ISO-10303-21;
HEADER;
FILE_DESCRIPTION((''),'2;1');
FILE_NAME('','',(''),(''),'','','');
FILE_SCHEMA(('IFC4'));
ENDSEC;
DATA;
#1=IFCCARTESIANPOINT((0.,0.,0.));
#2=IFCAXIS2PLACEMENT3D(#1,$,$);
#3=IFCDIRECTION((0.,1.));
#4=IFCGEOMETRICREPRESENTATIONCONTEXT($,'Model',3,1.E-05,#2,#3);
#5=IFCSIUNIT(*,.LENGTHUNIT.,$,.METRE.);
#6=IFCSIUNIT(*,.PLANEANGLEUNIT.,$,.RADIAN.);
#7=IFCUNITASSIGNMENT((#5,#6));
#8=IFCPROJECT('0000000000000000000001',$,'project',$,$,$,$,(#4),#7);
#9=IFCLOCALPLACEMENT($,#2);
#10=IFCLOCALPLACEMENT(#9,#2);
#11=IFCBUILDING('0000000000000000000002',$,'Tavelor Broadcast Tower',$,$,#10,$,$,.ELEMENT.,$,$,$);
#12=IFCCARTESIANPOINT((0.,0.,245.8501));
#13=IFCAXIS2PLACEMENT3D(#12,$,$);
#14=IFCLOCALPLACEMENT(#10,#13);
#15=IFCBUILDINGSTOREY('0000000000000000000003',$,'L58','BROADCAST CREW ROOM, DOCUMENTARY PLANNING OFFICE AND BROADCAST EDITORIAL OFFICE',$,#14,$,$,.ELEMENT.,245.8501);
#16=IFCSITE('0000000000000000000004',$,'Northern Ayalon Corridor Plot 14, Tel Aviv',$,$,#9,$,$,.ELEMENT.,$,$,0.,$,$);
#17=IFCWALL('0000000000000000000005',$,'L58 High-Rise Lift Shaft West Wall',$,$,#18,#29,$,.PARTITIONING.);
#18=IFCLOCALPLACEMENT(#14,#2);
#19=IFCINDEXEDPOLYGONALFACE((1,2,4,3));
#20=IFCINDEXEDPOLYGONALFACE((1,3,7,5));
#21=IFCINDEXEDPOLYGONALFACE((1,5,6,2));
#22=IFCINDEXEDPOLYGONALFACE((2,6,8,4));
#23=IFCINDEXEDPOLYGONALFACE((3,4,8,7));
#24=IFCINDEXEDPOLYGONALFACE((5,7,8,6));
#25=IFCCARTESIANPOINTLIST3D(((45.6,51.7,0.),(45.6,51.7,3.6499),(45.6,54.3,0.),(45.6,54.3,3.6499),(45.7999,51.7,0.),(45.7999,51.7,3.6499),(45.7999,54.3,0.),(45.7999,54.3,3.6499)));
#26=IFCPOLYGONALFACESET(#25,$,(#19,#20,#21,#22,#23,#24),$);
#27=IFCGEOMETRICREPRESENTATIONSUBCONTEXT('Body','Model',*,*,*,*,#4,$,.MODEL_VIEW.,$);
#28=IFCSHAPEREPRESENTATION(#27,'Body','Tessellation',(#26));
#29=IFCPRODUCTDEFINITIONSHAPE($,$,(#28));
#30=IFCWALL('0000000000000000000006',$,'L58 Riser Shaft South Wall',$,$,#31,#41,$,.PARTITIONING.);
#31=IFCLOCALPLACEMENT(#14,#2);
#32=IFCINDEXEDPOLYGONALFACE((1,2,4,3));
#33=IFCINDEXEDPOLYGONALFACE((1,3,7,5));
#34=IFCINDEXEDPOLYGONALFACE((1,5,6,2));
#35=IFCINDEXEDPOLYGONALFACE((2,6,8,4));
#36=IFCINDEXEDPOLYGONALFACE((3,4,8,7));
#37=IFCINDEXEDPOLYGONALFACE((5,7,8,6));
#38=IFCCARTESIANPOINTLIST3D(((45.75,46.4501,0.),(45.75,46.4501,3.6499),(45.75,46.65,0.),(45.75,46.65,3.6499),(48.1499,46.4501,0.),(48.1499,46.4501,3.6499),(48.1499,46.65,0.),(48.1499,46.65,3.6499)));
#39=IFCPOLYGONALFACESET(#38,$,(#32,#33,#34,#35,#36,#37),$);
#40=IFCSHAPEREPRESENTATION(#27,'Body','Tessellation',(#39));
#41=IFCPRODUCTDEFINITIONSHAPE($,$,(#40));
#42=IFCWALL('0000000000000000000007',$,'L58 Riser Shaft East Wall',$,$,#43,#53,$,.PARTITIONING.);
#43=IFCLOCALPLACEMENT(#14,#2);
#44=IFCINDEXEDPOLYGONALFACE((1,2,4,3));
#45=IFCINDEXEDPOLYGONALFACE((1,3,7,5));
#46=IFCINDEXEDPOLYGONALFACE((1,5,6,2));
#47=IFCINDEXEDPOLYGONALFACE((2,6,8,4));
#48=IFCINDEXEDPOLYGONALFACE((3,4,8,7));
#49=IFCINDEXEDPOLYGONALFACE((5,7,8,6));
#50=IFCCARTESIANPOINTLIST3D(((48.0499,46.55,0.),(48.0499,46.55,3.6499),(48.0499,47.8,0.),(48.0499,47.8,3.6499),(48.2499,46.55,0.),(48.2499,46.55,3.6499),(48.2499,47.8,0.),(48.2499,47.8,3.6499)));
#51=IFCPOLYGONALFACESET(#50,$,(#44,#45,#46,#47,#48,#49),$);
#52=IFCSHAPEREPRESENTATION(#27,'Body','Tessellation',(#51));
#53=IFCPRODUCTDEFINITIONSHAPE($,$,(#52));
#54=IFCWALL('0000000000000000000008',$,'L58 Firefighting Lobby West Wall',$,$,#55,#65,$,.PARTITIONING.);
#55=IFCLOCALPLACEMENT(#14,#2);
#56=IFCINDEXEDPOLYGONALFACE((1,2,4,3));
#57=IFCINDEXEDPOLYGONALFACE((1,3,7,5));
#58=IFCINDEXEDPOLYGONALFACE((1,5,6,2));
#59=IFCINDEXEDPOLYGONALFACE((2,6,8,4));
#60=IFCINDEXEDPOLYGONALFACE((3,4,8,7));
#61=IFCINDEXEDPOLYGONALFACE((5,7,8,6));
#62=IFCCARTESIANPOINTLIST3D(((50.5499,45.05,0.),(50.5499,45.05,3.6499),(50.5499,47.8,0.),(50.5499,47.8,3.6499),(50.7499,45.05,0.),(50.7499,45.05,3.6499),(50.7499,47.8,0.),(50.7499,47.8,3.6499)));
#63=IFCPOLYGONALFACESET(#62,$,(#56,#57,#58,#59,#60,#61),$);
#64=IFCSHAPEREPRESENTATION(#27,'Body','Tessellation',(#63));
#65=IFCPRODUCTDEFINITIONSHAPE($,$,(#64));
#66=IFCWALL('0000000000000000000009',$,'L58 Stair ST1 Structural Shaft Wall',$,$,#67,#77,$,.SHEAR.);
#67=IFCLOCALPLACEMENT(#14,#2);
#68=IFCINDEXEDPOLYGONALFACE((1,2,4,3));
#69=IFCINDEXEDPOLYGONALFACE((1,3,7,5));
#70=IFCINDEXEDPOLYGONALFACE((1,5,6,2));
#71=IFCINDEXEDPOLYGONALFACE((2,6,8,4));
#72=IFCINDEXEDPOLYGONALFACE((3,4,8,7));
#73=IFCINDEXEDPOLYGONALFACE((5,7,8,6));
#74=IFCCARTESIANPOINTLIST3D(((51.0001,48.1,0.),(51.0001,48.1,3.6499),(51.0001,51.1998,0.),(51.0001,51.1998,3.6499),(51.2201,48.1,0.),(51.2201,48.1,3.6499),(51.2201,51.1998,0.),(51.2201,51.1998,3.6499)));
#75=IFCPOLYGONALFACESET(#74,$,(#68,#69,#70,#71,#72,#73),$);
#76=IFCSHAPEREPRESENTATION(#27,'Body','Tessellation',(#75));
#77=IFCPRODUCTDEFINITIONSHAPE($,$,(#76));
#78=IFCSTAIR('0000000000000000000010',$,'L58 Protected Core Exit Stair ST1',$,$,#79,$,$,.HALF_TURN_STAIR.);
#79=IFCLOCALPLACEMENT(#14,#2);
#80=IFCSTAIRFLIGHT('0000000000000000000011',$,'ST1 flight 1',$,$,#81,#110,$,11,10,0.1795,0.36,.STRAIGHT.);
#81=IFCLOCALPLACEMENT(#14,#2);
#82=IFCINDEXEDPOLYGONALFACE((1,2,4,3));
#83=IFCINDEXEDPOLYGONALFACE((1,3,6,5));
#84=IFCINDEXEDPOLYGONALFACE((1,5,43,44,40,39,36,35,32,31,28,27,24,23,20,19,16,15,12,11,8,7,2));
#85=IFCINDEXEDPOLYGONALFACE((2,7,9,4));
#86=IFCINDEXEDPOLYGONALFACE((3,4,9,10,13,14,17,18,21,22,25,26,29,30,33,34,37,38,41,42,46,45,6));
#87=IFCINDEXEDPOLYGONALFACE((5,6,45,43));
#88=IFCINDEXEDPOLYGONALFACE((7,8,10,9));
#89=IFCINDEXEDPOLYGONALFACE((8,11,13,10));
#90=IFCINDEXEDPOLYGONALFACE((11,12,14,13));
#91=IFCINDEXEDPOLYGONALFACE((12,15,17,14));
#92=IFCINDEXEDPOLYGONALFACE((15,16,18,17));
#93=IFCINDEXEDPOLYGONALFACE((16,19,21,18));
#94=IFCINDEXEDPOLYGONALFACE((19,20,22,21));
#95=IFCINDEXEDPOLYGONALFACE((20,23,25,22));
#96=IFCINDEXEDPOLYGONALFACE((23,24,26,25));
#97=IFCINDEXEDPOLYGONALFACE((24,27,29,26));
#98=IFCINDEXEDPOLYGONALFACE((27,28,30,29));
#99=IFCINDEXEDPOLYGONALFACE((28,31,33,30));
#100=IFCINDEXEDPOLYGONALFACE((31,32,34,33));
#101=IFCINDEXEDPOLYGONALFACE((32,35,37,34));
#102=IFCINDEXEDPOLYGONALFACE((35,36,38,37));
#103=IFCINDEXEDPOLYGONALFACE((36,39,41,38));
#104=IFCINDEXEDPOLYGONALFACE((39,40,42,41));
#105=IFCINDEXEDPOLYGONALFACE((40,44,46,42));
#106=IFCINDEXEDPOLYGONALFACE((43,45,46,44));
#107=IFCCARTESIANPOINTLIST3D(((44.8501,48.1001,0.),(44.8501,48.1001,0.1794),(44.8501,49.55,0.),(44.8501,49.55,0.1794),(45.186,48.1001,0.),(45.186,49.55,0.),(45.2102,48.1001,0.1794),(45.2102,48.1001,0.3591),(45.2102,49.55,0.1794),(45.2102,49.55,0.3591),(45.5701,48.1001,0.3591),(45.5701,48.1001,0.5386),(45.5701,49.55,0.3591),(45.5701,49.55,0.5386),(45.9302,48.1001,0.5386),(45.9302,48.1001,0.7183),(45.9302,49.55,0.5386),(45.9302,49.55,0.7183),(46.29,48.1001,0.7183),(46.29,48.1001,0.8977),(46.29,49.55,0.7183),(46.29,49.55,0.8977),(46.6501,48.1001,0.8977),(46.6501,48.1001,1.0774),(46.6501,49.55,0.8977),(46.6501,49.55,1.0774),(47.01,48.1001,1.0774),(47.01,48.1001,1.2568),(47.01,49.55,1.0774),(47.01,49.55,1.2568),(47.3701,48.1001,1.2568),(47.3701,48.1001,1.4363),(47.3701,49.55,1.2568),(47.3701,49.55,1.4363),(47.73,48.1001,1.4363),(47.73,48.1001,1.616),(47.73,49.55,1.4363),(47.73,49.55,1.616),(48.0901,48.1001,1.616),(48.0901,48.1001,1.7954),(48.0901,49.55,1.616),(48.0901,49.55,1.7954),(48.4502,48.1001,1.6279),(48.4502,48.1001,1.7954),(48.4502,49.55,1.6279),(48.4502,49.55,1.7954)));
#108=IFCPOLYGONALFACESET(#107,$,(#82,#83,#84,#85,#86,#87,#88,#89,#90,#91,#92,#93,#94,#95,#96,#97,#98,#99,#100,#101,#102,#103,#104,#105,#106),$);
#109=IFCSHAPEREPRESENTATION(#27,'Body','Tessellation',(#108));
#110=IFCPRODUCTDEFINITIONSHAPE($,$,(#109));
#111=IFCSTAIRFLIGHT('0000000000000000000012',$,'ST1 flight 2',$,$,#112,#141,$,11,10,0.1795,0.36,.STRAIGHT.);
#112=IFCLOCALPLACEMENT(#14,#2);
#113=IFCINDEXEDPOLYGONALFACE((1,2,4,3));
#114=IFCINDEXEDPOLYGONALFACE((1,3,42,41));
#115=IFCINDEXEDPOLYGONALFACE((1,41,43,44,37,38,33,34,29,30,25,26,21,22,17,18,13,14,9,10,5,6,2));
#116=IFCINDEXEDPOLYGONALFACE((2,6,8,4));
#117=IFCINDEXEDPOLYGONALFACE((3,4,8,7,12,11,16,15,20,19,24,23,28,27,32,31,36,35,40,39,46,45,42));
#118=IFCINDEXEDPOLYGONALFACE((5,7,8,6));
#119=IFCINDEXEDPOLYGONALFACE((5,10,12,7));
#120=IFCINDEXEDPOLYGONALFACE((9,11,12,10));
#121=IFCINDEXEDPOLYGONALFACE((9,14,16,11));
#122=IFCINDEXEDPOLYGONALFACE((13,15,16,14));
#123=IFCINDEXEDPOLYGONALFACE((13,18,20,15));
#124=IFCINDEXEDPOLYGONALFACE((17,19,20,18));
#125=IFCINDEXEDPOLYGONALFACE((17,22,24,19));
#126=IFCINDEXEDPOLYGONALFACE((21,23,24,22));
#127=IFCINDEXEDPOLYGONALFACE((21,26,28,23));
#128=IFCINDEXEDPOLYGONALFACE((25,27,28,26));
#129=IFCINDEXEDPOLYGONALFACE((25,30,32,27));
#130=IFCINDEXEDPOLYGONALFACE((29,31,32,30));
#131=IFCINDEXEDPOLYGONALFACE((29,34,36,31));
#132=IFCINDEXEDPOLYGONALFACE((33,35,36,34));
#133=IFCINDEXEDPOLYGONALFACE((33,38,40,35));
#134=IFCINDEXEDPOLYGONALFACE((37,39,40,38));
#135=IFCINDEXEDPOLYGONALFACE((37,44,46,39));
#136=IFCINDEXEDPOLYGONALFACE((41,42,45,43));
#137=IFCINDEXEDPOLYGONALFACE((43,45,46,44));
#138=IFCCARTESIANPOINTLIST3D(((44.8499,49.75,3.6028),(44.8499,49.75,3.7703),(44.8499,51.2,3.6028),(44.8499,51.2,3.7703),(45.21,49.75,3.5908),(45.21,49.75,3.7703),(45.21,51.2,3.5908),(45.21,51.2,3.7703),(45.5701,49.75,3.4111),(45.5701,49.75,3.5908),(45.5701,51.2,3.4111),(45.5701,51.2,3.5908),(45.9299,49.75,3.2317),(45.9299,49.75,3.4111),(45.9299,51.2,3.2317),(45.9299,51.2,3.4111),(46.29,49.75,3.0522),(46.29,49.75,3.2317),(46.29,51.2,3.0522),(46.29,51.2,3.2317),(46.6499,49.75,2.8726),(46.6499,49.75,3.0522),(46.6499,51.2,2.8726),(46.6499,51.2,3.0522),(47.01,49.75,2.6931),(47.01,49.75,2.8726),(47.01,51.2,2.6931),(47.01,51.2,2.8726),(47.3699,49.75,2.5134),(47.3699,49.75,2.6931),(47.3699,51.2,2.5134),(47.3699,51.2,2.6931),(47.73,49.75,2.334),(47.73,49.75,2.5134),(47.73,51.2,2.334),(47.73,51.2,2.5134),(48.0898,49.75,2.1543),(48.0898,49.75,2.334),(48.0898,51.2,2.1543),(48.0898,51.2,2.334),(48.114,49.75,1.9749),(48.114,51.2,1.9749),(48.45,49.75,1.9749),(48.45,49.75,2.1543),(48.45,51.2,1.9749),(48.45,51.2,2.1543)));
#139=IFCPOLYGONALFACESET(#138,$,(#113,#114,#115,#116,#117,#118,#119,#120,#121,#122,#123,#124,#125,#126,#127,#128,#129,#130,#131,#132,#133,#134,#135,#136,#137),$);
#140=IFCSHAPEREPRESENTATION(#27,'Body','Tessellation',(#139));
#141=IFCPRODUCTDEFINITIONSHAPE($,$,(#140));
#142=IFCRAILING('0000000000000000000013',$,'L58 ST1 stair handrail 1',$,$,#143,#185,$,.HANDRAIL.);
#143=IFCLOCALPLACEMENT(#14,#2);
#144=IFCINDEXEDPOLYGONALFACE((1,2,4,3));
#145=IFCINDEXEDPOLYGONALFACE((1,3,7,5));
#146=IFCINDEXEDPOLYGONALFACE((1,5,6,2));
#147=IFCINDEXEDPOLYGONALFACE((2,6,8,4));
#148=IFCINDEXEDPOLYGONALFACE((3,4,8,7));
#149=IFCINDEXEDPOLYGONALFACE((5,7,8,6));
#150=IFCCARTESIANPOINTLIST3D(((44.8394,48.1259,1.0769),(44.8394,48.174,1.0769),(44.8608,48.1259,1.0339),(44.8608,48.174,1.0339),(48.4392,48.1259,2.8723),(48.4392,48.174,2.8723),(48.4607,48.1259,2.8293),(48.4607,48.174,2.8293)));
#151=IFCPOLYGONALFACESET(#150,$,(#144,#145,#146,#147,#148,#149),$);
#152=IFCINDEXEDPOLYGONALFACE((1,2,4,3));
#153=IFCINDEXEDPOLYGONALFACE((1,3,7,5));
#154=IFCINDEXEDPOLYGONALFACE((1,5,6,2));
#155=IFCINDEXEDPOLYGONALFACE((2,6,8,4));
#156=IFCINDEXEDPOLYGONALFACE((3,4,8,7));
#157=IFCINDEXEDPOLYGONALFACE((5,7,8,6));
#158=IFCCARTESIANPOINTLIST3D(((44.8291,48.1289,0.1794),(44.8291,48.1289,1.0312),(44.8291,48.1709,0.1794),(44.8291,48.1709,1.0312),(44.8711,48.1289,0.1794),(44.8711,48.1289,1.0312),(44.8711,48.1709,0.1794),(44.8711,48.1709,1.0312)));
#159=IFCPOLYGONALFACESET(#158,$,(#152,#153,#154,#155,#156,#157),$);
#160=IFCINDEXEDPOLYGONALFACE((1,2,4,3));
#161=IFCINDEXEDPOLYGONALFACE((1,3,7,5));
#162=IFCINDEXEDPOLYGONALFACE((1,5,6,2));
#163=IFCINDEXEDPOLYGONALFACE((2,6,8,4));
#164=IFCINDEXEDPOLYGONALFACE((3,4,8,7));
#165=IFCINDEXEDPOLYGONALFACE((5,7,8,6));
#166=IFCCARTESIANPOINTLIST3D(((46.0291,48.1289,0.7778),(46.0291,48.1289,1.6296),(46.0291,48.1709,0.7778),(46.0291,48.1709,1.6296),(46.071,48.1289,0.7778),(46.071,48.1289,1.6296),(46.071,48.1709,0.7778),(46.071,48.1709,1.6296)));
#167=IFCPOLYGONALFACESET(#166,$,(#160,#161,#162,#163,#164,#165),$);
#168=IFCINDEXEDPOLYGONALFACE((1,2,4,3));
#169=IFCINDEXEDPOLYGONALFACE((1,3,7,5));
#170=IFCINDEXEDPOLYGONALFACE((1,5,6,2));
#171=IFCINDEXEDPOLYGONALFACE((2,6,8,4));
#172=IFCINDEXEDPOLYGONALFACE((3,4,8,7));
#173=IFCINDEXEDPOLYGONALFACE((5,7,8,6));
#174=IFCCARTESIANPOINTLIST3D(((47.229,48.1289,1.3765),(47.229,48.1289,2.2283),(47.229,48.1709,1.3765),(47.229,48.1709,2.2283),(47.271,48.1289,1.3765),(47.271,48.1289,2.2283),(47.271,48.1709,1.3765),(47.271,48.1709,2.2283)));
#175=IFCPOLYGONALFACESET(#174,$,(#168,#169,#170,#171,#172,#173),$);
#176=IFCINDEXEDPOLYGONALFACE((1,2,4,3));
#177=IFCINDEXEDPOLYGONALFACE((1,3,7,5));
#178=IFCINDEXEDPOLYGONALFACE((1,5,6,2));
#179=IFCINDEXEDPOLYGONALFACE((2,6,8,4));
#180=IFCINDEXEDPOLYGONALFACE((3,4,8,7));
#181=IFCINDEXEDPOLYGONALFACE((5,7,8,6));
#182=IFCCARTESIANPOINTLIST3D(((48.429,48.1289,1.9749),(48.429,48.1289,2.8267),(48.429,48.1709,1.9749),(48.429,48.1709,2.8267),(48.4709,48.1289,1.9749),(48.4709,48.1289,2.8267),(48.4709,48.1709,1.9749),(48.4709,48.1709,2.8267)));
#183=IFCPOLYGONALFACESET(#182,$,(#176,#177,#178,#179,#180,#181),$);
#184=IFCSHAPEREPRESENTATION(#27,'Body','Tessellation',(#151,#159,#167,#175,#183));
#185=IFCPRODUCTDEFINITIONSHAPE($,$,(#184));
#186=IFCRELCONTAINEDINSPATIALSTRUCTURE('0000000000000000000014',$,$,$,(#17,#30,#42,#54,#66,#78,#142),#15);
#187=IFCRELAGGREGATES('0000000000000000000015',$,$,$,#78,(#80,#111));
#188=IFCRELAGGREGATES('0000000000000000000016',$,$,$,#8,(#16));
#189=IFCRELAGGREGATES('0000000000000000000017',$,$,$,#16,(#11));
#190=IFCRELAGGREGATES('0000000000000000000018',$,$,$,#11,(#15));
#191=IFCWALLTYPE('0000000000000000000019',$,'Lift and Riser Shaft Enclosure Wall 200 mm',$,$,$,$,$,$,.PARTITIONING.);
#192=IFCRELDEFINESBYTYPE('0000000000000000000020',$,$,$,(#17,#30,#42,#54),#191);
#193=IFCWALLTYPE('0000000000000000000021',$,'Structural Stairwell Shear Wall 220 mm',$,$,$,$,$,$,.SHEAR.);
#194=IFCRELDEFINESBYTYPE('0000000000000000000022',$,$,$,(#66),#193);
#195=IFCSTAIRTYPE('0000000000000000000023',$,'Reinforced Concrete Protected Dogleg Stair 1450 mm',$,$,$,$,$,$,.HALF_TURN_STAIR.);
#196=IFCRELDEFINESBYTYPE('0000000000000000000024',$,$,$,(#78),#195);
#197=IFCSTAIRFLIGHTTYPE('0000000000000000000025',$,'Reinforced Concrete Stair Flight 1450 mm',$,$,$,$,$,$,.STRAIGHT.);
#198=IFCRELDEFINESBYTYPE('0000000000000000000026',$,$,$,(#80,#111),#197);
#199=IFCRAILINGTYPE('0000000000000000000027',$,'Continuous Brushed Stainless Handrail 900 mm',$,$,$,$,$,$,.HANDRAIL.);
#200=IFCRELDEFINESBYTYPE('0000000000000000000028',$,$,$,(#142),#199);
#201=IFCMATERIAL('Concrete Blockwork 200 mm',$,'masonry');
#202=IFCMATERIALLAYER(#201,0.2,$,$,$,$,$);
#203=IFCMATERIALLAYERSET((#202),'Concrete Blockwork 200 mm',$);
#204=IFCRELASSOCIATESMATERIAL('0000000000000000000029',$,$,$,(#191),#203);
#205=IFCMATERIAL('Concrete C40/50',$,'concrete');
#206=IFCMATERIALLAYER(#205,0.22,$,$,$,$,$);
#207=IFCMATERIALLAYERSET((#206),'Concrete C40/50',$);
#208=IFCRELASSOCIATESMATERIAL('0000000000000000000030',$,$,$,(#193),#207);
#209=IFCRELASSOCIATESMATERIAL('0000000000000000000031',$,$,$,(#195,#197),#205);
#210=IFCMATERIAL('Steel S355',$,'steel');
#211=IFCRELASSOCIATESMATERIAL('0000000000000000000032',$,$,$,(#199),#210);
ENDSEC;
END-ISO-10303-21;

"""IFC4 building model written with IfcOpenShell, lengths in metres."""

from ifc_helpers import new_model, si_unit, direction, frame, frame_2d, origin, origin_2d, place, context, subcontext, project, spatial, polyline, rectangle, outline, extrude, material, layer, layer_set, type_object, element, aggregate, save


model = new_model("IFC4")

# Units and contexts
model_context = context("Model", 3, precision=1e-05, world=origin(), true_north=direction((0.0, 1.0)))
body_context = subcontext(model_context, "Body", "Model", "MODEL_VIEW")
ifc_project = project(units=[si_unit("LENGTHUNIT", "METRE"), si_unit("PLANEANGLEUNIT", "RADIAN")], contexts=[model_context])

# Site, building, storey
site_placement = place(None, origin())
site = spatial("IfcSite", under=ifc_project, at=site_placement, Name="Northern Ayalon Corridor Plot 14, Tel Aviv", CompositionType="ELEMENT", RefElevation=0.0)
building_placement = place(site_placement, origin())
building = spatial("IfcBuilding", under=site, at=building_placement, Name="Tavelor Broadcast Tower", CompositionType="ELEMENT")
storey_placement = place(building_placement, frame((0.0, 0.0, 245.8501)))
storey = spatial("IfcBuildingStorey", under=building, at=storey_placement, Name="L58", Description="BROADCAST CREW ROOM, DOCUMENTARY PLANNING OFFICE AND BROADCAST EDITORIAL OFFICE", CompositionType="ELEMENT", Elevation=245.8501)

# Shared definitions
ifc_material_1 = material(Name="Concrete C40/50", Category="concrete")
ifc_material_2 = material(Name="Steel S355", Category="steel")

# Walls
ifc_material_3 = material(Name="Concrete Blockwork 200 mm", Category="masonry")
ifc_layer_1 = layer(ifc_material_3, 0.2)
ifc_layer_set_1 = layer_set([ifc_layer_1], Name="Concrete Blockwork 200 mm")
wall_type_1 = type_object("IfcWallType", Name="Lift and Riser Shaft Enclosure Wall 200 mm", PredefinedType="PARTITIONING", material=ifc_layer_set_1)
wall_1_placement = place(storey_placement, frame((45.7, 51.7, 0.0), z_axis=(0.0, 0.0, 1.0), x_axis=(0.0, 1.0, 0.0)))
element("IfcWall", 1, at=wall_1_placement, inside=storey, type_object=wall_type_1, Name="L58 High-Rise Lift Shaft West Wall", PredefinedType="PARTITIONING", context=body_context, shape_type="SweptSolid", body=[
    extrude(rectangle(XDim=2.6001, YDim=0.2, at=frame_2d((1.3, 0.0))), origin(), (0.0, 0.0, 1.0), 3.6499),
])
wall_2_placement = place(storey_placement, frame((45.75, 46.55, 0.0), z_axis=(0.0, 0.0, 1.0), x_axis=(1.0, 0.0, 0.0)))
element("IfcWall", 2, at=wall_2_placement, inside=storey, type_object=wall_type_1, Name="L58 Riser Shaft South Wall", PredefinedType="PARTITIONING", context=body_context, shape_type="SweptSolid", body=[
    extrude(rectangle(XDim=2.3999, YDim=0.2, at=frame_2d((1.2, 0.0))), origin(), (0.0, 0.0, 1.0), 3.6499),
])
wall_3_placement = place(storey_placement, frame((48.1499, 46.55, 0.0), z_axis=(0.0, 0.0, 1.0), x_axis=(0.0, 1.0, 0.0)))
element("IfcWall", 3, at=wall_3_placement, inside=storey, type_object=wall_type_1, Name="L58 Riser Shaft East Wall", PredefinedType="PARTITIONING", context=body_context, shape_type="SweptSolid", body=[
    extrude(rectangle(XDim=1.25, YDim=0.2, at=frame_2d((0.625, 0.0))), origin(), (0.0, 0.0, 1.0), 3.6499),
])
wall_4_placement = place(storey_placement, frame((50.6499, 45.05, 0.0), z_axis=(0.0, 0.0, 1.0), x_axis=(0.0, 1.0, 0.0)))
element("IfcWall", 4, at=wall_4_placement, inside=storey, type_object=wall_type_1, Name="L58 Firefighting Lobby West Wall", PredefinedType="PARTITIONING", context=body_context, shape_type="SweptSolid", body=[
    extrude(rectangle(XDim=2.75, YDim=0.2, at=frame_2d((1.375, 0.0))), origin(), (0.0, 0.0, 1.0), 3.6499),
])
ifc_layer_2 = layer(ifc_material_1, 0.22)
ifc_layer_set_2 = layer_set([ifc_layer_2], Name="Concrete C40/50")
wall_type_2 = type_object("IfcWallType", Name="Structural Stairwell Shear Wall 220 mm", PredefinedType="SHEAR", material=ifc_layer_set_2)
wall_5_placement = place(storey_placement, frame((51.1101, 48.1001, 0.0), z_axis=(0.0, 0.0, 1.0), x_axis=(0.0, 1.0, 0.0)))
element("IfcWall", 5, at=wall_5_placement, inside=storey, type_object=wall_type_2, Name="L58 Stair ST1 Structural Shaft Wall", PredefinedType="SHEAR", context=body_context, shape_type="SweptSolid", body=[
    extrude(rectangle(XDim=3.0999, YDim=0.22, at=frame_2d((1.5498, 0.0))), origin(), (0.0, 0.0, 1.0), 3.6499),
])

# Stair, stair flights
stair_type = type_object("IfcStairType", Name="Reinforced Concrete Protected Dogleg Stair 1450 mm", PredefinedType="HALF_TURN_STAIR", material=ifc_material_1)
stair_placement = place(storey_placement, origin())
stair = element("IfcStair", 6, at=stair_placement, inside=storey, type_object=stair_type, Name="L58 Protected Core Exit Stair ST1", PredefinedType="HALF_TURN_STAIR")
stair_flight_type = type_object("IfcStairFlightType", Name="Reinforced Concrete Stair Flight 1450 mm", PredefinedType="STRAIGHT", material=ifc_material_1)
stair_flight_1_placement = place(storey_placement, frame((44.8501, 48.825, 0.0), z_axis=(0.0, 0.0, 1.0), x_axis=(1.0, 0.0, 0.0)))
stair_flight_1 = element("IfcStairFlight", 7, at=stair_flight_1_placement, type_object=stair_flight_type, Name="ST1 flight 1", NumberOfRisers=11, NumberOfTreads=10, PredefinedType="STRAIGHT", RiserHeight=0.1795, TreadLength=0.36, context=body_context, shape_type="SweptSolid", body=[
    extrude(outline(polyline([(0.0, 0.0), (0.0, 0.1794), (0.3601, 0.1794), (0.3601, 0.3591), (0.72, 0.3591), (0.72, 0.5386), (1.0801, 0.5386), (1.0801, 0.7183), (1.4399, 0.7183), (1.4399, 0.8977), (1.8, 0.8977), (1.8, 1.0774), (2.1599, 1.0774), (2.1599, 1.2568), (2.52, 1.2568), (2.52, 1.4363), (2.8799, 1.4363), (2.8799, 1.616), (3.24, 1.616), (3.24, 1.7954), (3.6001, 1.7954), (3.6001, 1.9751), (3.6001, 1.6279), (0.3359, 0.0), (0.0, 0.0)])), frame((0.0, 0.7251, 0.0), z_axis=(0.0, -1.0, 0.0), x_axis=(1.0, 0.0, 0.0)), (0.0, 0.0, 1.0), 1.45),
])
stair_flight_2_placement = place(storey_placement, frame((48.45, 50.4751, 1.9749), z_axis=(0.0, 0.0, 1.0), x_axis=(-1.0, 0.0, 0.0)))
stair_flight_2 = element("IfcStairFlight", 8, at=stair_flight_2_placement, type_object=stair_flight_type, Name="ST1 flight 2", NumberOfRisers=11, NumberOfTreads=10, PredefinedType="STRAIGHT", RiserHeight=0.1795, TreadLength=0.36, context=body_context, shape_type="SweptSolid", body=[
    extrude(outline(polyline([(0.0, 0.0), (0.0, 0.1794), (0.3601, 0.1794), (0.3601, 0.3591), (0.72, 0.3591), (0.72, 0.5386), (1.0801, 0.5386), (1.0801, 0.7183), (1.4399, 0.7183), (1.4399, 0.8977), (1.8, 0.8977), (1.8, 1.0774), (2.1599, 1.0774), (2.1599, 1.2568), (2.52, 1.2568), (2.52, 1.4363), (2.8799, 1.4363), (2.8799, 1.616), (3.24, 1.616), (3.24, 1.7954), (3.6001, 1.7954), (3.6001, 1.9751), (3.6001, 1.6279), (0.3359, 0.0), (0.0, 0.0)])), frame((0.0, 0.7251, 0.0), z_axis=(0.0, -1.0, 0.0), x_axis=(1.0, 0.0, 0.0)), (0.0, 0.0, 1.0), 1.45),
])
aggregate(stair, [stair_flight_1, stair_flight_2])

# Railing
railing_type_1 = type_object("IfcRailingType", Name="Continuous Brushed Stainless Handrail 900 mm", PredefinedType="HANDRAIL", material=ifc_material_2)
railing_1_placement = place(storey_placement, frame((44.8501, 48.1499, 0.1794)))
element("IfcRailing", 9, at=railing_1_placement, inside=storey, type_object=railing_type_1, Name="L58 ST1 stair handrail 1", PredefinedType="HANDRAIL", context=body_context, shape_type="SweptSolid", body=[
    extrude(rectangle(XDim=0.0481, YDim=0.0481, at=origin_2d()), frame((0.0, 0.0, 0.876), z_axis=(0.894876, 0.0, 0.446315), x_axis=(0.0, 1.0, 0.0)), (0.0, 0.0, 1.0), 4.0227),
    extrude(rectangle(XDim=0.042, YDim=0.042, at=origin_2d()), origin(), (0.0, 0.0, 1.0), 0.8518),
    extrude(rectangle(XDim=0.042, YDim=0.042, at=origin_2d()), frame((1.2, 0.0, 0.5984)), (0.0, 0.0, 1.0), 0.8518),
    extrude(rectangle(XDim=0.042, YDim=0.042, at=origin_2d()), frame((2.3999, 0.0, 1.197)), (0.0, 0.0, 1.0), 0.8518),
    extrude(rectangle(XDim=0.042, YDim=0.042, at=origin_2d()), frame((3.5999, 0.0, 1.7954)), (0.0, 0.0, 1.0), 0.8518),
])

save(model, "model.ifc")
